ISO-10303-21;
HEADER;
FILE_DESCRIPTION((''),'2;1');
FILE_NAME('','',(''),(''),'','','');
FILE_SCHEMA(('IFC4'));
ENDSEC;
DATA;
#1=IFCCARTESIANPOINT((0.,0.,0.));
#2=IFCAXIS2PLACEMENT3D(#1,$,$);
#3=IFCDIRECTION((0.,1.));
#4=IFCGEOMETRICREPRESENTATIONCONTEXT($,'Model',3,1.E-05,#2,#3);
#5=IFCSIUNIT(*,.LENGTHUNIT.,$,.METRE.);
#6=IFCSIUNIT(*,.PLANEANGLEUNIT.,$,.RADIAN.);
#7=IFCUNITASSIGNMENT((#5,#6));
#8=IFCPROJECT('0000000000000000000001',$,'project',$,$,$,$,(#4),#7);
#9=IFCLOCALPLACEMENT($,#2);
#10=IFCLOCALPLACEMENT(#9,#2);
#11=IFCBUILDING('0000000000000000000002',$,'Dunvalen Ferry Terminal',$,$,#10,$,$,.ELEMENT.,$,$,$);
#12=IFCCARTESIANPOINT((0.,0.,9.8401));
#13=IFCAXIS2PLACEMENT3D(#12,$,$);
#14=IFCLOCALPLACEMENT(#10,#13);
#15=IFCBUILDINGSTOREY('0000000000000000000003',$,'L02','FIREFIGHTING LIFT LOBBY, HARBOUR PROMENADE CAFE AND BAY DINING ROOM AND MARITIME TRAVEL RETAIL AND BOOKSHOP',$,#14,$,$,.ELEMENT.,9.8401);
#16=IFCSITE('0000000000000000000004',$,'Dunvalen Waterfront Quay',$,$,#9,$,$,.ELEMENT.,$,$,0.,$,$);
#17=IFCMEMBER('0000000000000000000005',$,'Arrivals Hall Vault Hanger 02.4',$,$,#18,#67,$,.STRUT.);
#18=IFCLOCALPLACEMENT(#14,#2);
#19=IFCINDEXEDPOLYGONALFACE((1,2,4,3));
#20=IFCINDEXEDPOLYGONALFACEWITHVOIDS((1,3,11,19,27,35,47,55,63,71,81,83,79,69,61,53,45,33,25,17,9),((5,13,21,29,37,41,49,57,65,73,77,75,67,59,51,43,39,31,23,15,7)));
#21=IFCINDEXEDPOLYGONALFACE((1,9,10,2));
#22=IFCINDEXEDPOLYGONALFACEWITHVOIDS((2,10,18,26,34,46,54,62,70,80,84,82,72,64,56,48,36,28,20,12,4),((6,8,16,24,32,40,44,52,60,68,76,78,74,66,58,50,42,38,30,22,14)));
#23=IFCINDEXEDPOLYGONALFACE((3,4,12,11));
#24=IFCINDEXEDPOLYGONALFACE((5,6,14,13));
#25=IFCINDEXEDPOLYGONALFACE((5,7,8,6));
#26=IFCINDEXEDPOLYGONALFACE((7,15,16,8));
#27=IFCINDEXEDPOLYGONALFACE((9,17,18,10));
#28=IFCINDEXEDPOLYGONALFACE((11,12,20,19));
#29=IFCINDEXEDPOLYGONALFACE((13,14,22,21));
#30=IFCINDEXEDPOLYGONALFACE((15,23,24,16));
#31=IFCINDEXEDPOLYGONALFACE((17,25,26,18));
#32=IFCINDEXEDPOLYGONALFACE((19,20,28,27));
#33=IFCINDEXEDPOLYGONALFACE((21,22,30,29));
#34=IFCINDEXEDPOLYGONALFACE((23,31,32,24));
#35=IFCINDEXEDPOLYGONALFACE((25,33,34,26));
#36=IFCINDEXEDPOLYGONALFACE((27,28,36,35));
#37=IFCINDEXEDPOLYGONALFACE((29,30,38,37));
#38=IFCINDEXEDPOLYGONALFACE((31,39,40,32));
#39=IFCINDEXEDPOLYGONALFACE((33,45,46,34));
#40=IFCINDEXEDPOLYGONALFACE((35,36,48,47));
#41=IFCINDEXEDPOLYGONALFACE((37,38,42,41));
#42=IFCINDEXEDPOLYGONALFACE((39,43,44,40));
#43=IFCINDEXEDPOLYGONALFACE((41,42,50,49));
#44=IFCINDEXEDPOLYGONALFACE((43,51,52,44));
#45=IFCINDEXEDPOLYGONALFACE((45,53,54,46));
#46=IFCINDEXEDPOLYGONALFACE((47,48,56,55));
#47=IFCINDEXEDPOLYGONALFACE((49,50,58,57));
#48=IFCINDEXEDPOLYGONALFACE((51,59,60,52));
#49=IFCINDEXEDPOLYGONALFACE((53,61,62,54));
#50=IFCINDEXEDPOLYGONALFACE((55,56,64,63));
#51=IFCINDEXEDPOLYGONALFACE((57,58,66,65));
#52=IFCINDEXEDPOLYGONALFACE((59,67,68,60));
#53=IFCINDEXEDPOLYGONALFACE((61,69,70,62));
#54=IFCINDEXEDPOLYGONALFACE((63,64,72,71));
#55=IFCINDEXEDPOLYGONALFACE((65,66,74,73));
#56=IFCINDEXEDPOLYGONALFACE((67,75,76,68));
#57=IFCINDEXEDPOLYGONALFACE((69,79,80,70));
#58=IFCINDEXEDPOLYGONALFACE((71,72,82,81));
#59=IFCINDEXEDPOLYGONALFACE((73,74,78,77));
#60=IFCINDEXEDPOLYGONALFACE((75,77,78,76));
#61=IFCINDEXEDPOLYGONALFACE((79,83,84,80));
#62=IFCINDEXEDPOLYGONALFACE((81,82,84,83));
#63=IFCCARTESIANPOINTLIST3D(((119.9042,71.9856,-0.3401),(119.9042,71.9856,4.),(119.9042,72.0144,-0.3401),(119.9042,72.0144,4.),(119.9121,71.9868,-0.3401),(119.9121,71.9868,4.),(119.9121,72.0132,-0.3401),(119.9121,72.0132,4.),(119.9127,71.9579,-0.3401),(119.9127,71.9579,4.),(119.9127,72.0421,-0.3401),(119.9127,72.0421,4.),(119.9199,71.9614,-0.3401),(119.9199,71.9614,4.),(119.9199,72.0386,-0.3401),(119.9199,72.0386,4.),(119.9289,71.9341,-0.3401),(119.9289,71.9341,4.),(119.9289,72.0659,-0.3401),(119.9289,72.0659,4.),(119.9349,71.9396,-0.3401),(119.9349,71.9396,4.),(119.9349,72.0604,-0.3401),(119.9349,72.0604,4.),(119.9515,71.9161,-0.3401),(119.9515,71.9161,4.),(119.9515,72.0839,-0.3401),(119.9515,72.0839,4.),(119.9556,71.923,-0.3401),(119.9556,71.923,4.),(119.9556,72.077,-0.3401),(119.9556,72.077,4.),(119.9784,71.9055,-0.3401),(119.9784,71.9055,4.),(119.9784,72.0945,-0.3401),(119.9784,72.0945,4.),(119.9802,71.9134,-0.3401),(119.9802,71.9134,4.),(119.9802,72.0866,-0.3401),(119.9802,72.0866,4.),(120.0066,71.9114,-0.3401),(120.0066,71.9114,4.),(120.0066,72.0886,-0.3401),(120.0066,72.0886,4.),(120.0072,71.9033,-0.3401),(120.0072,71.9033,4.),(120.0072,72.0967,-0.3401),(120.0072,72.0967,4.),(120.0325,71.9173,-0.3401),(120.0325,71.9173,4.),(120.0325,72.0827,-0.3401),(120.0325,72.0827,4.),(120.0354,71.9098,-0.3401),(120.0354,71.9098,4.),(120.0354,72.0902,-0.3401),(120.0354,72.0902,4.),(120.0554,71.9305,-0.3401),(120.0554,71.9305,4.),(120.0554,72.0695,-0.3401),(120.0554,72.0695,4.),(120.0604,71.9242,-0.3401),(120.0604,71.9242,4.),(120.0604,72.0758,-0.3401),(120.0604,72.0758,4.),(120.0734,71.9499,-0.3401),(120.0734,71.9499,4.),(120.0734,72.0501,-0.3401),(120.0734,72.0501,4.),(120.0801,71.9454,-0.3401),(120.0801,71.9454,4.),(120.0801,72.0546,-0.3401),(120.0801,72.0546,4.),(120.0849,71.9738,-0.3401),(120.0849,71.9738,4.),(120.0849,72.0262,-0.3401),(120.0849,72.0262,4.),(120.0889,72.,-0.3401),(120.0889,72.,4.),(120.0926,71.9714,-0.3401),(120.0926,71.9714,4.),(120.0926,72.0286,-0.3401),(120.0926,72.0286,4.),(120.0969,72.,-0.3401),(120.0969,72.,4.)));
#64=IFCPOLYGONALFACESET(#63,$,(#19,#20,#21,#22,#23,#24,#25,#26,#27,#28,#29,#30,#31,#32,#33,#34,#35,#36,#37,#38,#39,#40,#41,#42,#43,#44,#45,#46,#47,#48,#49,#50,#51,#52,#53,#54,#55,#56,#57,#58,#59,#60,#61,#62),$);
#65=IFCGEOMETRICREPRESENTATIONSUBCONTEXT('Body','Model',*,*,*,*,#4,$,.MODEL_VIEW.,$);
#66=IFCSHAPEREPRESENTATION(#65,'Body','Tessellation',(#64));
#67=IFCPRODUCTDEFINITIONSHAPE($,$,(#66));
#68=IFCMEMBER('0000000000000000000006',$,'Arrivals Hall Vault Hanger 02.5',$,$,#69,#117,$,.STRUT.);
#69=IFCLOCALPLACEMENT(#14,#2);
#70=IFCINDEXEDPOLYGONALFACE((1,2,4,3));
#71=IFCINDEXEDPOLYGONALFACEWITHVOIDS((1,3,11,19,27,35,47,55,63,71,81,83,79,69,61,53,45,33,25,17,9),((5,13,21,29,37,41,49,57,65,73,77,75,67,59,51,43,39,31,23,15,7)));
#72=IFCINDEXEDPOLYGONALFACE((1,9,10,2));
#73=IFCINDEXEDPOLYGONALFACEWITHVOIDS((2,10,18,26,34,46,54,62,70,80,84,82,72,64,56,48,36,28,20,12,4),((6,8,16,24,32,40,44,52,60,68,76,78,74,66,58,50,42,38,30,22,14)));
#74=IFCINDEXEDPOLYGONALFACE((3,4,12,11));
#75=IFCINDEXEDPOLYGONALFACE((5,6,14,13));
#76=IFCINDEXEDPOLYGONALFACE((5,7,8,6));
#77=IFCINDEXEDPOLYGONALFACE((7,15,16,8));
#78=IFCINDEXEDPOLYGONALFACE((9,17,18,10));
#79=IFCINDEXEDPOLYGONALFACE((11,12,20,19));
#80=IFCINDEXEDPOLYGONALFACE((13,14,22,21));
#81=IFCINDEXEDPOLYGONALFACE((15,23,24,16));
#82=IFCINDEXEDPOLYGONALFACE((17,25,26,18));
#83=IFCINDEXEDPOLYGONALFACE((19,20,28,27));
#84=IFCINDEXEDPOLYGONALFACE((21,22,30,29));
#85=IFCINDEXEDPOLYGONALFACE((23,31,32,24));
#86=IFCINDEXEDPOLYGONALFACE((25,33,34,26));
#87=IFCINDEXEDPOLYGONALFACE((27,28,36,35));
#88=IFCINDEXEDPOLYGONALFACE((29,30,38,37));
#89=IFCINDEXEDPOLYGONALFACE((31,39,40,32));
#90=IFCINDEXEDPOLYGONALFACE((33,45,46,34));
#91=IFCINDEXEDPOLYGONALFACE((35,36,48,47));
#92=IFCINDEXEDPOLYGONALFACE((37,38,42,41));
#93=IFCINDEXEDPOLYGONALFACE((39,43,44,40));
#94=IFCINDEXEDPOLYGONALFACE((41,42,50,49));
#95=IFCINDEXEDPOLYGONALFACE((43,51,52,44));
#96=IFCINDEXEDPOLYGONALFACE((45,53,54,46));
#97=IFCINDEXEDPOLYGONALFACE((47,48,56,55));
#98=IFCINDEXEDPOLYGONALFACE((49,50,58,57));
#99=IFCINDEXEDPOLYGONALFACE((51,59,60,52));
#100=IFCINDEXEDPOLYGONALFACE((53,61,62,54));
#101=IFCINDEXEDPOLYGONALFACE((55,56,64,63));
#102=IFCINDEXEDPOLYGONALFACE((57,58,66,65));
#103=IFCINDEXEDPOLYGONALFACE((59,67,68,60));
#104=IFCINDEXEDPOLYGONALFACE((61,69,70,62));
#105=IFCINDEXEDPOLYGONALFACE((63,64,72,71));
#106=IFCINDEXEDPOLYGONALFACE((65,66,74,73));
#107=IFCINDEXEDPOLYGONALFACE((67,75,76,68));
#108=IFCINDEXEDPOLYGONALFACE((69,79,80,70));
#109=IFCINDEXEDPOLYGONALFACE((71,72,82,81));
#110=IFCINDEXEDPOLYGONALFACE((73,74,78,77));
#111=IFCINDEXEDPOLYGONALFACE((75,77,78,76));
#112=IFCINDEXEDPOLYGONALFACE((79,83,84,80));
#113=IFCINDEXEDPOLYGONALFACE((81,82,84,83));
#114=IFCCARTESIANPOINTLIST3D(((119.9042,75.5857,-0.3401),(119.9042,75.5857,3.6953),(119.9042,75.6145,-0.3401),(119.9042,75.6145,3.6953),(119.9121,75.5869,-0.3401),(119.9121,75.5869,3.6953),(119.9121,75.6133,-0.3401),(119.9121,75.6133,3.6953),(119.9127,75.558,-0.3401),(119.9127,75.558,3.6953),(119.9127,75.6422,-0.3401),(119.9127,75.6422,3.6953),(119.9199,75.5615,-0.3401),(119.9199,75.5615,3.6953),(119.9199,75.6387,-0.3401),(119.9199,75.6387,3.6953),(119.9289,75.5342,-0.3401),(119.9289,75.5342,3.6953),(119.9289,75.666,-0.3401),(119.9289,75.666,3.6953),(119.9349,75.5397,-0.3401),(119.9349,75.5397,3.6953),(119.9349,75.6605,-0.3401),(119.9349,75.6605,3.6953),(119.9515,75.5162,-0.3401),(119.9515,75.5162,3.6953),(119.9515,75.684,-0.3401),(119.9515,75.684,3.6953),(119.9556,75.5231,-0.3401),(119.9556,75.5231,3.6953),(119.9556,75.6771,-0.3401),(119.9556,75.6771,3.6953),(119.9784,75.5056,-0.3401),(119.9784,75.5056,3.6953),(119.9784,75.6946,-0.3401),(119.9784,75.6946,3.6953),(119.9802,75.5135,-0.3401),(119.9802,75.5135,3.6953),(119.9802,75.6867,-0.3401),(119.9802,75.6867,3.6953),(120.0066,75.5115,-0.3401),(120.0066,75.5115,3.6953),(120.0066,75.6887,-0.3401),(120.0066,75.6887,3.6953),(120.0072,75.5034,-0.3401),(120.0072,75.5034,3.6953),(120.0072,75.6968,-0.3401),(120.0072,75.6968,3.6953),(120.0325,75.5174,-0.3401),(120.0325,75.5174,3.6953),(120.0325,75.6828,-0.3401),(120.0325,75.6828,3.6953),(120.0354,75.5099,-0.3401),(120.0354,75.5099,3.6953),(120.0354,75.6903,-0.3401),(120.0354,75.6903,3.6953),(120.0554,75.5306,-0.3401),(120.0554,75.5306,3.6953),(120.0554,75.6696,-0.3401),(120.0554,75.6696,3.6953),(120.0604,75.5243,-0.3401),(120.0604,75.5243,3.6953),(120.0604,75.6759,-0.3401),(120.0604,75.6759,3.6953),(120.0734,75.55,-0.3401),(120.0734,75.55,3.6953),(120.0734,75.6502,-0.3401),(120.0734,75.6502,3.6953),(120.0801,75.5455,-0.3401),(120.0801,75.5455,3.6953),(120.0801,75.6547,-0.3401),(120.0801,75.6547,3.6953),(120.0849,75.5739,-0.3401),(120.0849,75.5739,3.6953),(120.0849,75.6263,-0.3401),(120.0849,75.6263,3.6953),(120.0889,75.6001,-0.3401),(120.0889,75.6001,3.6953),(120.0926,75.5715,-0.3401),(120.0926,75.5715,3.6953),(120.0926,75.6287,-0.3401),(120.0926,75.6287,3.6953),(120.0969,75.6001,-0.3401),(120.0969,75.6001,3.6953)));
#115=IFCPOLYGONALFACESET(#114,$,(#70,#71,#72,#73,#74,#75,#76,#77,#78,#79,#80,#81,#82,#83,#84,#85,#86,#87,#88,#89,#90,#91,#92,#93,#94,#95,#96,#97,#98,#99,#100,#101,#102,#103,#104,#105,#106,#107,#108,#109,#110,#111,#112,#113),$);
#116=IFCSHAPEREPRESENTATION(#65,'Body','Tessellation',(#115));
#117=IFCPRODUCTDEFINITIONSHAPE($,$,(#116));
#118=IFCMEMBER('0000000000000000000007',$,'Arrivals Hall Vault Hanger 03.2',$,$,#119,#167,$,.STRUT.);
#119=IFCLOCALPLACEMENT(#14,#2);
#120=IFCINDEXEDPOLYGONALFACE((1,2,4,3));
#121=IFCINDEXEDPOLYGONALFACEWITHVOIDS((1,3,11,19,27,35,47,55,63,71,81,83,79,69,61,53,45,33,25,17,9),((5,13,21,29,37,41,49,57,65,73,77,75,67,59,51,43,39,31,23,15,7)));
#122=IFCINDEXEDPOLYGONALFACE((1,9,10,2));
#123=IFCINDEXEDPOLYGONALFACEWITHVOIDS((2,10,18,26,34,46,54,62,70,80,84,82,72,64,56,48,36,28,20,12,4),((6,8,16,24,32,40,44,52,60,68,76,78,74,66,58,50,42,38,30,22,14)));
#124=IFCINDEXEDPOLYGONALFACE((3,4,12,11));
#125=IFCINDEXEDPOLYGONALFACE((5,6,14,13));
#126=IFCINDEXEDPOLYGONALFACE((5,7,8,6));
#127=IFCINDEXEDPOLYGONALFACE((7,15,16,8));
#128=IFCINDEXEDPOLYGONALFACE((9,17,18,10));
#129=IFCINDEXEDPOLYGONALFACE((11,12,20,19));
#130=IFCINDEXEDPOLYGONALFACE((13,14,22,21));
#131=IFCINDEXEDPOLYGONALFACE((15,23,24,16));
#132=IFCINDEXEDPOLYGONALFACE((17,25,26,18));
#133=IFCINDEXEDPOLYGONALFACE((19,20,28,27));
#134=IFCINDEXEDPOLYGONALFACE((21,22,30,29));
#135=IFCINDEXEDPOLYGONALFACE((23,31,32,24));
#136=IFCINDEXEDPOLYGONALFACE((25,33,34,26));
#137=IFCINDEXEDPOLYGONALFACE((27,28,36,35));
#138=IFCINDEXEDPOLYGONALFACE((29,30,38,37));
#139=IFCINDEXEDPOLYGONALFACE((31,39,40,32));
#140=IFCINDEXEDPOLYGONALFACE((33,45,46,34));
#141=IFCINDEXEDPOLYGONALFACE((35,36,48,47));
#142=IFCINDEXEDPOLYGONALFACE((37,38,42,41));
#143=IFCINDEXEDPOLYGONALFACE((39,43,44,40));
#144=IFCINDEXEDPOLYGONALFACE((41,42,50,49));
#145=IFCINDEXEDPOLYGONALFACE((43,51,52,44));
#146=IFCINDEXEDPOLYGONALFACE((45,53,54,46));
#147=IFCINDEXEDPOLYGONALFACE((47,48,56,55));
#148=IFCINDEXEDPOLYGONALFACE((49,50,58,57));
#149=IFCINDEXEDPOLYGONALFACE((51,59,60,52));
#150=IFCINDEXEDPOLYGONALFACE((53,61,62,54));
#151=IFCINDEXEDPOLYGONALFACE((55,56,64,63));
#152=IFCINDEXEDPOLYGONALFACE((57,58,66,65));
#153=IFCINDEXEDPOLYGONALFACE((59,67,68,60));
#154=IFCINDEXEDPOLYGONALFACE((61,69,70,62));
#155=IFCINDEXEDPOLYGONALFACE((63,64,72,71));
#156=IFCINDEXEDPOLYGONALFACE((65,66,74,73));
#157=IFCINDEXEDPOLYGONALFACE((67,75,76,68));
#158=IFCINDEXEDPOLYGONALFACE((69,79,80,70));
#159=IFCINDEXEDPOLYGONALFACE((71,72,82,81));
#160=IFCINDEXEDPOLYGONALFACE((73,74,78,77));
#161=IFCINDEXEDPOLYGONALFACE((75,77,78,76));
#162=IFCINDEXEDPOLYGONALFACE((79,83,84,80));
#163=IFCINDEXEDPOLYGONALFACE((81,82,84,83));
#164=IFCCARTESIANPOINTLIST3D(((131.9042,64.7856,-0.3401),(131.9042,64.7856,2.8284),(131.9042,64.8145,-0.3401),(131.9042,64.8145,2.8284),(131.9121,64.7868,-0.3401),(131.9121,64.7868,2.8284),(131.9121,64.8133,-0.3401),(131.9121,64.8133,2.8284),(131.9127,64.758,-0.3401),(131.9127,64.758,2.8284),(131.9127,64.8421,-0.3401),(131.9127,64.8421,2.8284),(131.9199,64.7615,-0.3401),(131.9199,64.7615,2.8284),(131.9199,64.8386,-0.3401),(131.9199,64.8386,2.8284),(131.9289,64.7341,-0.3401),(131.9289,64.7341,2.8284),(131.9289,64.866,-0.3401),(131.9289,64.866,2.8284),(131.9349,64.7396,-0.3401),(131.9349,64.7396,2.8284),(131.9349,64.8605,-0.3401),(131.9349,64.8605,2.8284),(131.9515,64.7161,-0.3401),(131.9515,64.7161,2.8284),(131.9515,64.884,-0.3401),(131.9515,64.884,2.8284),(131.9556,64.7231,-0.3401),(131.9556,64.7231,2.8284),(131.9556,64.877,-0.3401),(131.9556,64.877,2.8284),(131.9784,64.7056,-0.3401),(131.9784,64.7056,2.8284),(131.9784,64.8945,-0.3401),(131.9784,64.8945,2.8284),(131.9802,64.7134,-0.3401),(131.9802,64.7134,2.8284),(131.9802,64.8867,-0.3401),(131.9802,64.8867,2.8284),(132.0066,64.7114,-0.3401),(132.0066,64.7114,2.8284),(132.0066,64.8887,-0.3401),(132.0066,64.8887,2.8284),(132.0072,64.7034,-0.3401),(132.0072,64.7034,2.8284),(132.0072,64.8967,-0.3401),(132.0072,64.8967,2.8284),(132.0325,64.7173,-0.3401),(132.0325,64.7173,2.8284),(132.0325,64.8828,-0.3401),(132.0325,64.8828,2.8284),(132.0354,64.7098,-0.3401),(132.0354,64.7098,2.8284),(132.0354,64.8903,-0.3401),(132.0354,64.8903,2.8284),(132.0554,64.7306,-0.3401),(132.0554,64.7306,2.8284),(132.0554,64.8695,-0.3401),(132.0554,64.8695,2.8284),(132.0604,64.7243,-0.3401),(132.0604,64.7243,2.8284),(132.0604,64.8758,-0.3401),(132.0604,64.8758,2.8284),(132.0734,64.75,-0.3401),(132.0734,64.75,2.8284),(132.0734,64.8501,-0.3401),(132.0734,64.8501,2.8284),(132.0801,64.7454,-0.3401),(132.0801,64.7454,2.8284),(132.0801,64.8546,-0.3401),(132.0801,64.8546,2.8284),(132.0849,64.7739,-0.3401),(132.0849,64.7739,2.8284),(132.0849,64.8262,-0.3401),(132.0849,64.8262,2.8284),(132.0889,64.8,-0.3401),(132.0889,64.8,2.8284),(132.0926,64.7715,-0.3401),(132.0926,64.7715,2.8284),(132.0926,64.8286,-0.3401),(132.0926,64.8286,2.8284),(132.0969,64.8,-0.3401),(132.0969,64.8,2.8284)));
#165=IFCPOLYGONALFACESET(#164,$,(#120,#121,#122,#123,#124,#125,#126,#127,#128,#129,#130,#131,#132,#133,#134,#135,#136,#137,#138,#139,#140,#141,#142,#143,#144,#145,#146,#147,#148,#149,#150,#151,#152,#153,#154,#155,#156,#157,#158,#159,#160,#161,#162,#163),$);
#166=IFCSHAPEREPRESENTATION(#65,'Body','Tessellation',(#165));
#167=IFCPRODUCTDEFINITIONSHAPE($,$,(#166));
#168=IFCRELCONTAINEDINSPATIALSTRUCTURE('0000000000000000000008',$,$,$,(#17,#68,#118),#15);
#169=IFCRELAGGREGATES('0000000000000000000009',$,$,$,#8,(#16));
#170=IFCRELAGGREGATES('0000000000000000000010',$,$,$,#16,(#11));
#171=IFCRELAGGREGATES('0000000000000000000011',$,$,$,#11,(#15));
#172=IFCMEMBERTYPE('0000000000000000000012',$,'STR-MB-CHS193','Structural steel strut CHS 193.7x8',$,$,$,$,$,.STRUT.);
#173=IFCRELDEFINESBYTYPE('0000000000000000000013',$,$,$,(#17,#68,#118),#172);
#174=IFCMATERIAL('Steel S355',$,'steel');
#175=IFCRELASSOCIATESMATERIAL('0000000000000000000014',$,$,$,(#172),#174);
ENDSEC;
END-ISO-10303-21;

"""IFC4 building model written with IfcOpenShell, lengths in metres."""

from ifc_helpers import new_model, si_unit, direction, frame, origin, origin_2d, place, context, subcontext, project, spatial, hollow_circle, extrude, material, material_profile, profile_set, type_object, element, save


model = new_model("IFC4")

# Units and contexts
model_context = context("Model", 3, precision=1e-05, world=origin(), true_north=direction((0.0, 1.0)))
body_context = subcontext(model_context, "Body", "Model", "MODEL_VIEW")
ifc_project = project(units=[si_unit("LENGTHUNIT", "METRE"), si_unit("PLANEANGLEUNIT", "RADIAN")], contexts=[model_context])

# Site, building, storey
site_placement = place(None, origin())
site = spatial("IfcSite", under=ifc_project, at=site_placement, Name="Dunvalen Waterfront Quay", CompositionType="ELEMENT", RefElevation=0.0)
building_placement = place(site_placement, origin())
building = spatial("IfcBuilding", under=site, at=building_placement, Name="Dunvalen Ferry Terminal", CompositionType="ELEMENT")
storey_placement = place(building_placement, frame((0.0, 0.0, 9.8401)))
storey = spatial("IfcBuildingStorey", under=building, at=storey_placement, Name="L02", Description="FIREFIGHTING LIFT LOBBY, HARBOUR PROMENADE CAFE AND BAY DINING ROOM AND MARITIME TRAVEL RETAIL AND BOOKSHOP", CompositionType="ELEMENT", Elevation=9.8401)

# Shared definitions
ifc_material_1 = material(Name="Steel S355", Category="steel")

# Members
ifc_material_profile_1 = material_profile(ifc_material_1, hollow_circle(Radius=0.0969, WallThickness=0.0081, at=origin_2d()), Name="Steel S355")
ifc_profile_set_1 = profile_set([ifc_material_profile_1], Name="Steel S355")
member_type_1 = type_object("IfcMemberType", Name="STR-MB-CHS193", Description="Structural steel strut CHS 193.7x8", PredefinedType="STRUT", material=ifc_profile_set_1)
member_1_placement = place(storey_placement, frame((120.0, 72.0, -0.3401), z_axis=(0.0, 0.0, 1.0), x_axis=(1.0, 0.0, 0.0)))
element("IfcMember", 1, at=member_1_placement, inside=storey, type_object=member_type_1, Name="Arrivals Hall Vault Hanger 02.4", PredefinedType="STRUT", context=body_context, shape_type="SweptSolid", body=[
    extrude(hollow_circle(Radius=0.0969, WallThickness=0.0081, at=origin_2d()), origin(), (0.0, 0.0, 1.0), 4.3401),
])
member_2_placement = place(storey_placement, frame((120.0, 75.6001, -0.3401), z_axis=(0.0, 0.0, 1.0), x_axis=(1.0, 0.0, 0.0)))
element("IfcMember", 2, at=member_2_placement, inside=storey, type_object=member_type_1, Name="Arrivals Hall Vault Hanger 02.5", PredefinedType="STRUT", context=body_context, shape_type="SweptSolid", body=[
    extrude(hollow_circle(Radius=0.0969, WallThickness=0.0081, at=origin_2d()), origin(), (0.0, 0.0, 1.0), 4.0354),
])
member_3_placement = place(storey_placement, frame((132.0, 64.8, -0.3401), z_axis=(0.0, 0.0, 1.0), x_axis=(1.0, 0.0, 0.0)))
element("IfcMember", 3, at=member_3_placement, inside=storey, type_object=member_type_1, Name="Arrivals Hall Vault Hanger 03.2", PredefinedType="STRUT", context=body_context, shape_type="SweptSolid", body=[
    extrude(hollow_circle(Radius=0.0969, WallThickness=0.0081, at=origin_2d()), origin(), (0.0, 0.0, 1.0), 3.1685),
])

save(model, "model.ifc")
